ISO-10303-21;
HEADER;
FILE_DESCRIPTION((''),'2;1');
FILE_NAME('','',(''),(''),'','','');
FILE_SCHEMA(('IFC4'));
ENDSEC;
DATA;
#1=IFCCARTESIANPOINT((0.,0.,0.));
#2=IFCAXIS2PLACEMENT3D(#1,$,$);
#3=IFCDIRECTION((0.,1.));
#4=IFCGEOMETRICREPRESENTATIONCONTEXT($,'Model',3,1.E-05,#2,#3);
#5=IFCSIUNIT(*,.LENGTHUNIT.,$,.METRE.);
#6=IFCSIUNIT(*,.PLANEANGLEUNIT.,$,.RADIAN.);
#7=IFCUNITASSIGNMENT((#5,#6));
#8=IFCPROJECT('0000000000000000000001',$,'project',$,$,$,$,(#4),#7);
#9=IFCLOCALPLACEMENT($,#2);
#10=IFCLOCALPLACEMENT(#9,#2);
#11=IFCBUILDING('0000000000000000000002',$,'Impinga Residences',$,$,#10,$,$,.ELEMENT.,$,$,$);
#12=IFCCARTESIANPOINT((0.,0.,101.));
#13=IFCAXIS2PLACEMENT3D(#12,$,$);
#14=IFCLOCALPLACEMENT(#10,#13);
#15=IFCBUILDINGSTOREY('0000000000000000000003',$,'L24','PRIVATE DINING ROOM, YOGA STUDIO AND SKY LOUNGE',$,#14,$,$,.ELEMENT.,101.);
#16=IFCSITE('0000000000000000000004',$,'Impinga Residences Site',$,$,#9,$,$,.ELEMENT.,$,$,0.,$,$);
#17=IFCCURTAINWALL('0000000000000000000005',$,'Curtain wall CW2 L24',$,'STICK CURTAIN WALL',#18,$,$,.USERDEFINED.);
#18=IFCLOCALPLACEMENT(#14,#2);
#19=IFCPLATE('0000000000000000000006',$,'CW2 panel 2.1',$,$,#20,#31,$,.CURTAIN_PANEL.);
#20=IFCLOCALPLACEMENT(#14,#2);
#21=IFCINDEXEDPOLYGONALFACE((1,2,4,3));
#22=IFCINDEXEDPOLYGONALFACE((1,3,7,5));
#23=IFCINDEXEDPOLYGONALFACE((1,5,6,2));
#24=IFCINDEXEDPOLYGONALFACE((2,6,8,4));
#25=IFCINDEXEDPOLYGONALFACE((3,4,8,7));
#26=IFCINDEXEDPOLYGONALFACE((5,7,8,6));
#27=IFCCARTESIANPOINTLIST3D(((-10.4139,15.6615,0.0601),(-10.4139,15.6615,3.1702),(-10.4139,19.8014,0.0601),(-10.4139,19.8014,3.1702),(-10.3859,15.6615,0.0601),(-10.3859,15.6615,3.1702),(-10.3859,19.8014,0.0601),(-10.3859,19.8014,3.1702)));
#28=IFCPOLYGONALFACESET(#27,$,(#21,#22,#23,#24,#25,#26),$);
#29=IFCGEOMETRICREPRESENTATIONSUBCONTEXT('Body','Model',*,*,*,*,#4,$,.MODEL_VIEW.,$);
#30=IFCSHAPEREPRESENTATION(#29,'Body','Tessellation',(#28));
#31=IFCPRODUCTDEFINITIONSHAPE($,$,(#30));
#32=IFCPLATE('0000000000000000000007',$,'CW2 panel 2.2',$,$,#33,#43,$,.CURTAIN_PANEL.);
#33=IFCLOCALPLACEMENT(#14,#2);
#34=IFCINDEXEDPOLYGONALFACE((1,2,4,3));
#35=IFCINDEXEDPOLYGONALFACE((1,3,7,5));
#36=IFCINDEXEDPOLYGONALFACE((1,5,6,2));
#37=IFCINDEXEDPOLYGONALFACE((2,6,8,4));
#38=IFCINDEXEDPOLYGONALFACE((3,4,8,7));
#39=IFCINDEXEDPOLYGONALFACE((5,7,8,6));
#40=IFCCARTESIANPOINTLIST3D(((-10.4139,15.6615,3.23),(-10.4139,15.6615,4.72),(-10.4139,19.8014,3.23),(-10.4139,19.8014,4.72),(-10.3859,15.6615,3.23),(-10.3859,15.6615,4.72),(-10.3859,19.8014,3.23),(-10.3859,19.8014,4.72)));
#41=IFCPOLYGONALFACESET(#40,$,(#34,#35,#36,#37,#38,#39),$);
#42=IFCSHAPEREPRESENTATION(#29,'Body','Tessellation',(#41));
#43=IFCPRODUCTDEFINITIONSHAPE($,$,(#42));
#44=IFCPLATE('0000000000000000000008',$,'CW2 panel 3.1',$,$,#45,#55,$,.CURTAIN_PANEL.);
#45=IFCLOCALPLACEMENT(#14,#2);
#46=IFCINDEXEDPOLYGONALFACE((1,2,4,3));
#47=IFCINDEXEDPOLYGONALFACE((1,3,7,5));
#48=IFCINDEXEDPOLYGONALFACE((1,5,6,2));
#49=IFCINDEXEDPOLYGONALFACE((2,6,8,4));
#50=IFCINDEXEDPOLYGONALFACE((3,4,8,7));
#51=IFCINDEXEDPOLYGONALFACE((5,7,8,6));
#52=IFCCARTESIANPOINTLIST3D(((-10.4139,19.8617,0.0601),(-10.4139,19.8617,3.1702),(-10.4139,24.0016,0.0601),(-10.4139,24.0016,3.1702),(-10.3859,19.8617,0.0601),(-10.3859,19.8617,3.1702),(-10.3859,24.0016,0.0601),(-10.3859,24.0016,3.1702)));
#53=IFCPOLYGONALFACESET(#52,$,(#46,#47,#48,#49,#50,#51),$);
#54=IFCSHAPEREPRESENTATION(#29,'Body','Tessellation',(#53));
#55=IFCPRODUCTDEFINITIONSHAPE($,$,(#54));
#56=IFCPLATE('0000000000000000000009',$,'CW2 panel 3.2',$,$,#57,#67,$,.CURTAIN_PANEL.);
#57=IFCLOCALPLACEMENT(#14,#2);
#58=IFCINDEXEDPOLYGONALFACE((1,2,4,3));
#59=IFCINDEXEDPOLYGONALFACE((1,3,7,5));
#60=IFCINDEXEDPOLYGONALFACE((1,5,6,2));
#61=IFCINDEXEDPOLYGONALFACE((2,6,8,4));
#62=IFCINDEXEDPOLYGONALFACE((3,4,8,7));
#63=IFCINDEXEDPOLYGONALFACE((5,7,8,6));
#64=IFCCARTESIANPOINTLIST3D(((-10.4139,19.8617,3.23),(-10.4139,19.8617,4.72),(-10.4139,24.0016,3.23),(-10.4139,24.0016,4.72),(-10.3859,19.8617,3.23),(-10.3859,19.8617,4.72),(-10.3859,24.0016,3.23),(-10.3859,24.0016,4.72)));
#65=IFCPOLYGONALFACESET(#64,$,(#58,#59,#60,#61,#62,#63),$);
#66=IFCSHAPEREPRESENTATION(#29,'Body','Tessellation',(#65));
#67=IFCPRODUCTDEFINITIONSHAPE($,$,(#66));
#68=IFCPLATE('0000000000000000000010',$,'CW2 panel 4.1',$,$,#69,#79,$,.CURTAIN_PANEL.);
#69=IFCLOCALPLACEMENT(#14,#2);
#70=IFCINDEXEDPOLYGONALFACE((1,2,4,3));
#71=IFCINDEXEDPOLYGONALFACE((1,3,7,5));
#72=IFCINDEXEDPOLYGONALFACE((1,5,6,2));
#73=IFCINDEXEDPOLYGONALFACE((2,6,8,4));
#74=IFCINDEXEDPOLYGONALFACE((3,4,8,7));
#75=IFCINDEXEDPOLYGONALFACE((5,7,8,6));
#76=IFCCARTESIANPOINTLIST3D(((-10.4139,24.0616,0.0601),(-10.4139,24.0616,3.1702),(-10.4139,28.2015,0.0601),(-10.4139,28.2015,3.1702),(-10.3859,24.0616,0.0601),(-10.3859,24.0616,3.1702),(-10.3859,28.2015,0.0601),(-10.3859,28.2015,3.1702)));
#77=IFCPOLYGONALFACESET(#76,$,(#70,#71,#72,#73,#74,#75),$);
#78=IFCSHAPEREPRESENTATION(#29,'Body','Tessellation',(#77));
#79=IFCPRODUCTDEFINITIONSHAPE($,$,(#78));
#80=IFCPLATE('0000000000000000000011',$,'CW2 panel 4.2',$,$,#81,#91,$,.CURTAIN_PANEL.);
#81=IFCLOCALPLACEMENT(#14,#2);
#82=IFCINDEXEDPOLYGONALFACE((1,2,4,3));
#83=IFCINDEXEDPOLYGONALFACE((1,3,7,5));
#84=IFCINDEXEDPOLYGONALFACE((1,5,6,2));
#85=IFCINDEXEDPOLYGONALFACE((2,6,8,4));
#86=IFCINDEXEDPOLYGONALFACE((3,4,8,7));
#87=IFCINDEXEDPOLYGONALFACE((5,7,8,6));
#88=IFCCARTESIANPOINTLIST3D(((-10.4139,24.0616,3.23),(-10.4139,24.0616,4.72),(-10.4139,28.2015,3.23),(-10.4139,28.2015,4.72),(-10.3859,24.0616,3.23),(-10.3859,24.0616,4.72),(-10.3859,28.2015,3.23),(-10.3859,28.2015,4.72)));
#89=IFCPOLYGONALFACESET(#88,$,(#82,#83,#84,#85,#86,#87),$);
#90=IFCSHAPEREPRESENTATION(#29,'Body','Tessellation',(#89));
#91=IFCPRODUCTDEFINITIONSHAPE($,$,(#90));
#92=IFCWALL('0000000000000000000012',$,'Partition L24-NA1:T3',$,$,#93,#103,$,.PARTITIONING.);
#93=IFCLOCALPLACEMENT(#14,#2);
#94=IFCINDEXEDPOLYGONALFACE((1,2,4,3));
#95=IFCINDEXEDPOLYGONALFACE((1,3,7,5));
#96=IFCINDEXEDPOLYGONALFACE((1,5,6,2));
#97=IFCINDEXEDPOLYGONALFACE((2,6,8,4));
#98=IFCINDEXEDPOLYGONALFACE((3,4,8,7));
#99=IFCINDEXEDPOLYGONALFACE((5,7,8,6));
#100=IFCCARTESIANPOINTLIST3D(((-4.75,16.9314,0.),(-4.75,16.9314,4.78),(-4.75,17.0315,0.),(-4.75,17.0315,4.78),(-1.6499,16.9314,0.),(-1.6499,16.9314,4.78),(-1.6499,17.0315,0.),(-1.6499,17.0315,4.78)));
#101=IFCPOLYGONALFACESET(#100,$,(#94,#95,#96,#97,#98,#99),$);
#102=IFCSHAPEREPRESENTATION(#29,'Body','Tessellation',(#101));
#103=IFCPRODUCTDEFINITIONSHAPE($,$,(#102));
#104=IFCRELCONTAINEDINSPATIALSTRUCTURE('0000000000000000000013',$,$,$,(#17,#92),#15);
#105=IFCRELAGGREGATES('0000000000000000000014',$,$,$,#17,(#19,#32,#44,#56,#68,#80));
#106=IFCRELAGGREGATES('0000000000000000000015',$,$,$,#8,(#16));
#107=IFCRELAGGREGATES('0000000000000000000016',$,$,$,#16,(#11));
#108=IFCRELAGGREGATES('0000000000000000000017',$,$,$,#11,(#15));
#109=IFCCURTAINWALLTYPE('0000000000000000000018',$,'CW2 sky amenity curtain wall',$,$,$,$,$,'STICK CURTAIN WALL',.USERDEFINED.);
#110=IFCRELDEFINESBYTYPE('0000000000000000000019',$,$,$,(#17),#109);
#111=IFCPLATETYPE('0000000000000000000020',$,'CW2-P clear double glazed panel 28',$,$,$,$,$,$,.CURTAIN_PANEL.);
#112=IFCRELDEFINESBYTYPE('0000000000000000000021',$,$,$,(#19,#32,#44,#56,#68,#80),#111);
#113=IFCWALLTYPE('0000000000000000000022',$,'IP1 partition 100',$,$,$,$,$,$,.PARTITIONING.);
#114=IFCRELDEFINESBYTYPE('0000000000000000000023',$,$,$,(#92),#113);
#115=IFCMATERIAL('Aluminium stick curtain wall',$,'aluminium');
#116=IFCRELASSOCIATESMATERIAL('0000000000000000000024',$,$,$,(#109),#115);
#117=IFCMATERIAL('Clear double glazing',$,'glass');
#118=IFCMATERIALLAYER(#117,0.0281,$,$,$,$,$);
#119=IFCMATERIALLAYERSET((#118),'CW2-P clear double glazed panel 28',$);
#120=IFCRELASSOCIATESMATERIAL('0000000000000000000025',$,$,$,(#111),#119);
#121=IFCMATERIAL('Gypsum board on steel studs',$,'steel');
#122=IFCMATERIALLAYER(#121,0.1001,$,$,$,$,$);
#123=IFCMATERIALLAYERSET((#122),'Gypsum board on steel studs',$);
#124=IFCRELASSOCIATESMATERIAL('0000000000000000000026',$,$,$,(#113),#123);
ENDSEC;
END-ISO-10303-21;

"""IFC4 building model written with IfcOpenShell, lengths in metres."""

from ifc_helpers import new_model, si_unit, direction, frame, frame_2d, origin, origin_2d, place, context, subcontext, project, spatial, rectangle, extrude, material, layer, layer_set, type_object, element, aggregate, save


model = new_model("IFC4")

# Units and contexts
model_context = context("Model", 3, precision=1e-05, world=origin(), true_north=direction((0.0, 1.0)))
body_context = subcontext(model_context, "Body", "Model", "MODEL_VIEW")
ifc_project = project(units=[si_unit("LENGTHUNIT", "METRE"), si_unit("PLANEANGLEUNIT", "RADIAN")], contexts=[model_context])

# Site, building, storey
site_placement = place(None, origin())
site = spatial("IfcSite", under=ifc_project, at=site_placement, Name="Impinga Residences Site", CompositionType="ELEMENT", RefElevation=0.0)
building_placement = place(site_placement, origin())
building = spatial("IfcBuilding", under=site, at=building_placement, Name="Impinga Residences", CompositionType="ELEMENT")
storey_placement = place(building_placement, frame((0.0, 0.0, 101.0)))
storey = spatial("IfcBuildingStorey", under=building, at=storey_placement, Name="L24", Description="PRIVATE DINING ROOM, YOGA STUDIO AND SKY LOUNGE", CompositionType="ELEMENT", Elevation=101.0)

# Curtain wall
ifc_material_1 = material(Name="Aluminium stick curtain wall", Category="aluminium")
curtain_wall_type = type_object("IfcCurtainWallType", Name="CW2 sky amenity curtain wall", ElementType="STICK CURTAIN WALL", PredefinedType="USERDEFINED", material=ifc_material_1)
curtain_wall_placement = place(storey_placement, origin())
curtain_wall = element("IfcCurtainWall", 1, at=curtain_wall_placement, inside=storey, type_object=curtain_wall_type, Name="Curtain wall CW2 L24", ObjectType="STICK CURTAIN WALL", PredefinedType="USERDEFINED")

# Plates
ifc_material_2 = material(Name="Clear double glazing", Category="glass")
ifc_layer_1 = layer(ifc_material_2, 0.0281)
ifc_layer_set_1 = layer_set([ifc_layer_1], Name="CW2-P clear double glazed panel 28")
plate_type = type_object("IfcPlateType", Name="CW2-P clear double glazed panel 28", PredefinedType="CURTAIN_PANEL", material=ifc_layer_set_1)
plate_1_placement = place(storey_placement, frame((-10.3999, 17.7314, 0.0601), z_axis=(0.0, 0.0, 1.0), x_axis=(0.0, 1.0, 0.0)))
plate_1 = element("IfcPlate", 2, at=plate_1_placement, type_object=plate_type, Name="CW2 panel 2.1", PredefinedType="CURTAIN_PANEL", context=body_context, shape_type="SweptSolid", body=[
    extrude(rectangle(XDim=4.1399, YDim=0.0281, at=origin_2d()), origin(), (0.0, 0.0, 1.0), 3.1101),
])
plate_2_placement = place(storey_placement, frame((-10.3999, 17.7314, 3.23), z_axis=(0.0, 0.0, 1.0), x_axis=(0.0, 1.0, 0.0)))
plate_2 = element("IfcPlate", 3, at=plate_2_placement, type_object=plate_type, Name="CW2 panel 2.2", PredefinedType="CURTAIN_PANEL", context=body_context, shape_type="SweptSolid", body=[
    extrude(rectangle(XDim=4.1399, YDim=0.0281, at=origin_2d()), origin(), (0.0, 0.0, 1.0), 1.49),
])
plate_3_placement = place(storey_placement, frame((-10.3999, 21.9316, 0.0601), z_axis=(0.0, 0.0, 1.0), x_axis=(0.0, 1.0, 0.0)))
plate_3 = element("IfcPlate", 4, at=plate_3_placement, type_object=plate_type, Name="CW2 panel 3.1", PredefinedType="CURTAIN_PANEL", context=body_context, shape_type="SweptSolid", body=[
    extrude(rectangle(XDim=4.1399, YDim=0.0281, at=origin_2d()), origin(), (0.0, 0.0, 1.0), 3.1101),
])
plate_4_placement = place(storey_placement, frame((-10.3999, 21.9316, 3.23), z_axis=(0.0, 0.0, 1.0), x_axis=(0.0, 1.0, 0.0)))
plate_4 = element("IfcPlate", 5, at=plate_4_placement, type_object=plate_type, Name="CW2 panel 3.2", PredefinedType="CURTAIN_PANEL", context=body_context, shape_type="SweptSolid", body=[
    extrude(rectangle(XDim=4.1399, YDim=0.0281, at=origin_2d()), origin(), (0.0, 0.0, 1.0), 1.49),
])
plate_5_placement = place(storey_placement, frame((-10.3999, 26.1316, 0.0601), z_axis=(0.0, 0.0, 1.0), x_axis=(0.0, 1.0, 0.0)))
plate_5 = element("IfcPlate", 6, at=plate_5_placement, type_object=plate_type, Name="CW2 panel 4.1", PredefinedType="CURTAIN_PANEL", context=body_context, shape_type="SweptSolid", body=[
    extrude(rectangle(XDim=4.1399, YDim=0.0281, at=origin_2d()), origin(), (0.0, 0.0, 1.0), 3.1101),
])
plate_6_placement = place(storey_placement, frame((-10.3999, 26.1316, 3.23), z_axis=(0.0, 0.0, 1.0), x_axis=(0.0, 1.0, 0.0)))
plate_6 = element("IfcPlate", 7, at=plate_6_placement, type_object=plate_type, Name="CW2 panel 4.2", PredefinedType="CURTAIN_PANEL", context=body_context, shape_type="SweptSolid", body=[
    extrude(rectangle(XDim=4.1399, YDim=0.0281, at=origin_2d()), origin(), (0.0, 0.0, 1.0), 1.49),
])
aggregate(curtain_wall, [plate_1, plate_2, plate_3, plate_4, plate_5, plate_6])

# Wall
ifc_material_3 = material(Name="Gypsum board on steel studs", Category="steel")
ifc_layer_2 = layer(ifc_material_3, 0.1001)
ifc_layer_set_2 = layer_set([ifc_layer_2], Name="Gypsum board on steel studs")
wall_type = type_object("IfcWallType", Name="IP1 partition 100", PredefinedType="PARTITIONING", material=ifc_layer_set_2)
wall_placement = place(storey_placement, frame((-1.6499, 16.9814, 0.0), z_axis=(0.0, 0.0, 1.0), x_axis=(-1.0, 0.0, 0.0)))
element("IfcWall", 8, at=wall_placement, inside=storey, type_object=wall_type, Name="Partition L24-NA1:T3", PredefinedType="PARTITIONING", context=body_context, shape_type="SweptSolid", body=[
    extrude(rectangle(XDim=3.1001, YDim=0.1001, at=frame_2d((1.55, 0.0))), origin(), (0.0, 0.0, 1.0), 4.78),
])

save(model, "model.ifc")
